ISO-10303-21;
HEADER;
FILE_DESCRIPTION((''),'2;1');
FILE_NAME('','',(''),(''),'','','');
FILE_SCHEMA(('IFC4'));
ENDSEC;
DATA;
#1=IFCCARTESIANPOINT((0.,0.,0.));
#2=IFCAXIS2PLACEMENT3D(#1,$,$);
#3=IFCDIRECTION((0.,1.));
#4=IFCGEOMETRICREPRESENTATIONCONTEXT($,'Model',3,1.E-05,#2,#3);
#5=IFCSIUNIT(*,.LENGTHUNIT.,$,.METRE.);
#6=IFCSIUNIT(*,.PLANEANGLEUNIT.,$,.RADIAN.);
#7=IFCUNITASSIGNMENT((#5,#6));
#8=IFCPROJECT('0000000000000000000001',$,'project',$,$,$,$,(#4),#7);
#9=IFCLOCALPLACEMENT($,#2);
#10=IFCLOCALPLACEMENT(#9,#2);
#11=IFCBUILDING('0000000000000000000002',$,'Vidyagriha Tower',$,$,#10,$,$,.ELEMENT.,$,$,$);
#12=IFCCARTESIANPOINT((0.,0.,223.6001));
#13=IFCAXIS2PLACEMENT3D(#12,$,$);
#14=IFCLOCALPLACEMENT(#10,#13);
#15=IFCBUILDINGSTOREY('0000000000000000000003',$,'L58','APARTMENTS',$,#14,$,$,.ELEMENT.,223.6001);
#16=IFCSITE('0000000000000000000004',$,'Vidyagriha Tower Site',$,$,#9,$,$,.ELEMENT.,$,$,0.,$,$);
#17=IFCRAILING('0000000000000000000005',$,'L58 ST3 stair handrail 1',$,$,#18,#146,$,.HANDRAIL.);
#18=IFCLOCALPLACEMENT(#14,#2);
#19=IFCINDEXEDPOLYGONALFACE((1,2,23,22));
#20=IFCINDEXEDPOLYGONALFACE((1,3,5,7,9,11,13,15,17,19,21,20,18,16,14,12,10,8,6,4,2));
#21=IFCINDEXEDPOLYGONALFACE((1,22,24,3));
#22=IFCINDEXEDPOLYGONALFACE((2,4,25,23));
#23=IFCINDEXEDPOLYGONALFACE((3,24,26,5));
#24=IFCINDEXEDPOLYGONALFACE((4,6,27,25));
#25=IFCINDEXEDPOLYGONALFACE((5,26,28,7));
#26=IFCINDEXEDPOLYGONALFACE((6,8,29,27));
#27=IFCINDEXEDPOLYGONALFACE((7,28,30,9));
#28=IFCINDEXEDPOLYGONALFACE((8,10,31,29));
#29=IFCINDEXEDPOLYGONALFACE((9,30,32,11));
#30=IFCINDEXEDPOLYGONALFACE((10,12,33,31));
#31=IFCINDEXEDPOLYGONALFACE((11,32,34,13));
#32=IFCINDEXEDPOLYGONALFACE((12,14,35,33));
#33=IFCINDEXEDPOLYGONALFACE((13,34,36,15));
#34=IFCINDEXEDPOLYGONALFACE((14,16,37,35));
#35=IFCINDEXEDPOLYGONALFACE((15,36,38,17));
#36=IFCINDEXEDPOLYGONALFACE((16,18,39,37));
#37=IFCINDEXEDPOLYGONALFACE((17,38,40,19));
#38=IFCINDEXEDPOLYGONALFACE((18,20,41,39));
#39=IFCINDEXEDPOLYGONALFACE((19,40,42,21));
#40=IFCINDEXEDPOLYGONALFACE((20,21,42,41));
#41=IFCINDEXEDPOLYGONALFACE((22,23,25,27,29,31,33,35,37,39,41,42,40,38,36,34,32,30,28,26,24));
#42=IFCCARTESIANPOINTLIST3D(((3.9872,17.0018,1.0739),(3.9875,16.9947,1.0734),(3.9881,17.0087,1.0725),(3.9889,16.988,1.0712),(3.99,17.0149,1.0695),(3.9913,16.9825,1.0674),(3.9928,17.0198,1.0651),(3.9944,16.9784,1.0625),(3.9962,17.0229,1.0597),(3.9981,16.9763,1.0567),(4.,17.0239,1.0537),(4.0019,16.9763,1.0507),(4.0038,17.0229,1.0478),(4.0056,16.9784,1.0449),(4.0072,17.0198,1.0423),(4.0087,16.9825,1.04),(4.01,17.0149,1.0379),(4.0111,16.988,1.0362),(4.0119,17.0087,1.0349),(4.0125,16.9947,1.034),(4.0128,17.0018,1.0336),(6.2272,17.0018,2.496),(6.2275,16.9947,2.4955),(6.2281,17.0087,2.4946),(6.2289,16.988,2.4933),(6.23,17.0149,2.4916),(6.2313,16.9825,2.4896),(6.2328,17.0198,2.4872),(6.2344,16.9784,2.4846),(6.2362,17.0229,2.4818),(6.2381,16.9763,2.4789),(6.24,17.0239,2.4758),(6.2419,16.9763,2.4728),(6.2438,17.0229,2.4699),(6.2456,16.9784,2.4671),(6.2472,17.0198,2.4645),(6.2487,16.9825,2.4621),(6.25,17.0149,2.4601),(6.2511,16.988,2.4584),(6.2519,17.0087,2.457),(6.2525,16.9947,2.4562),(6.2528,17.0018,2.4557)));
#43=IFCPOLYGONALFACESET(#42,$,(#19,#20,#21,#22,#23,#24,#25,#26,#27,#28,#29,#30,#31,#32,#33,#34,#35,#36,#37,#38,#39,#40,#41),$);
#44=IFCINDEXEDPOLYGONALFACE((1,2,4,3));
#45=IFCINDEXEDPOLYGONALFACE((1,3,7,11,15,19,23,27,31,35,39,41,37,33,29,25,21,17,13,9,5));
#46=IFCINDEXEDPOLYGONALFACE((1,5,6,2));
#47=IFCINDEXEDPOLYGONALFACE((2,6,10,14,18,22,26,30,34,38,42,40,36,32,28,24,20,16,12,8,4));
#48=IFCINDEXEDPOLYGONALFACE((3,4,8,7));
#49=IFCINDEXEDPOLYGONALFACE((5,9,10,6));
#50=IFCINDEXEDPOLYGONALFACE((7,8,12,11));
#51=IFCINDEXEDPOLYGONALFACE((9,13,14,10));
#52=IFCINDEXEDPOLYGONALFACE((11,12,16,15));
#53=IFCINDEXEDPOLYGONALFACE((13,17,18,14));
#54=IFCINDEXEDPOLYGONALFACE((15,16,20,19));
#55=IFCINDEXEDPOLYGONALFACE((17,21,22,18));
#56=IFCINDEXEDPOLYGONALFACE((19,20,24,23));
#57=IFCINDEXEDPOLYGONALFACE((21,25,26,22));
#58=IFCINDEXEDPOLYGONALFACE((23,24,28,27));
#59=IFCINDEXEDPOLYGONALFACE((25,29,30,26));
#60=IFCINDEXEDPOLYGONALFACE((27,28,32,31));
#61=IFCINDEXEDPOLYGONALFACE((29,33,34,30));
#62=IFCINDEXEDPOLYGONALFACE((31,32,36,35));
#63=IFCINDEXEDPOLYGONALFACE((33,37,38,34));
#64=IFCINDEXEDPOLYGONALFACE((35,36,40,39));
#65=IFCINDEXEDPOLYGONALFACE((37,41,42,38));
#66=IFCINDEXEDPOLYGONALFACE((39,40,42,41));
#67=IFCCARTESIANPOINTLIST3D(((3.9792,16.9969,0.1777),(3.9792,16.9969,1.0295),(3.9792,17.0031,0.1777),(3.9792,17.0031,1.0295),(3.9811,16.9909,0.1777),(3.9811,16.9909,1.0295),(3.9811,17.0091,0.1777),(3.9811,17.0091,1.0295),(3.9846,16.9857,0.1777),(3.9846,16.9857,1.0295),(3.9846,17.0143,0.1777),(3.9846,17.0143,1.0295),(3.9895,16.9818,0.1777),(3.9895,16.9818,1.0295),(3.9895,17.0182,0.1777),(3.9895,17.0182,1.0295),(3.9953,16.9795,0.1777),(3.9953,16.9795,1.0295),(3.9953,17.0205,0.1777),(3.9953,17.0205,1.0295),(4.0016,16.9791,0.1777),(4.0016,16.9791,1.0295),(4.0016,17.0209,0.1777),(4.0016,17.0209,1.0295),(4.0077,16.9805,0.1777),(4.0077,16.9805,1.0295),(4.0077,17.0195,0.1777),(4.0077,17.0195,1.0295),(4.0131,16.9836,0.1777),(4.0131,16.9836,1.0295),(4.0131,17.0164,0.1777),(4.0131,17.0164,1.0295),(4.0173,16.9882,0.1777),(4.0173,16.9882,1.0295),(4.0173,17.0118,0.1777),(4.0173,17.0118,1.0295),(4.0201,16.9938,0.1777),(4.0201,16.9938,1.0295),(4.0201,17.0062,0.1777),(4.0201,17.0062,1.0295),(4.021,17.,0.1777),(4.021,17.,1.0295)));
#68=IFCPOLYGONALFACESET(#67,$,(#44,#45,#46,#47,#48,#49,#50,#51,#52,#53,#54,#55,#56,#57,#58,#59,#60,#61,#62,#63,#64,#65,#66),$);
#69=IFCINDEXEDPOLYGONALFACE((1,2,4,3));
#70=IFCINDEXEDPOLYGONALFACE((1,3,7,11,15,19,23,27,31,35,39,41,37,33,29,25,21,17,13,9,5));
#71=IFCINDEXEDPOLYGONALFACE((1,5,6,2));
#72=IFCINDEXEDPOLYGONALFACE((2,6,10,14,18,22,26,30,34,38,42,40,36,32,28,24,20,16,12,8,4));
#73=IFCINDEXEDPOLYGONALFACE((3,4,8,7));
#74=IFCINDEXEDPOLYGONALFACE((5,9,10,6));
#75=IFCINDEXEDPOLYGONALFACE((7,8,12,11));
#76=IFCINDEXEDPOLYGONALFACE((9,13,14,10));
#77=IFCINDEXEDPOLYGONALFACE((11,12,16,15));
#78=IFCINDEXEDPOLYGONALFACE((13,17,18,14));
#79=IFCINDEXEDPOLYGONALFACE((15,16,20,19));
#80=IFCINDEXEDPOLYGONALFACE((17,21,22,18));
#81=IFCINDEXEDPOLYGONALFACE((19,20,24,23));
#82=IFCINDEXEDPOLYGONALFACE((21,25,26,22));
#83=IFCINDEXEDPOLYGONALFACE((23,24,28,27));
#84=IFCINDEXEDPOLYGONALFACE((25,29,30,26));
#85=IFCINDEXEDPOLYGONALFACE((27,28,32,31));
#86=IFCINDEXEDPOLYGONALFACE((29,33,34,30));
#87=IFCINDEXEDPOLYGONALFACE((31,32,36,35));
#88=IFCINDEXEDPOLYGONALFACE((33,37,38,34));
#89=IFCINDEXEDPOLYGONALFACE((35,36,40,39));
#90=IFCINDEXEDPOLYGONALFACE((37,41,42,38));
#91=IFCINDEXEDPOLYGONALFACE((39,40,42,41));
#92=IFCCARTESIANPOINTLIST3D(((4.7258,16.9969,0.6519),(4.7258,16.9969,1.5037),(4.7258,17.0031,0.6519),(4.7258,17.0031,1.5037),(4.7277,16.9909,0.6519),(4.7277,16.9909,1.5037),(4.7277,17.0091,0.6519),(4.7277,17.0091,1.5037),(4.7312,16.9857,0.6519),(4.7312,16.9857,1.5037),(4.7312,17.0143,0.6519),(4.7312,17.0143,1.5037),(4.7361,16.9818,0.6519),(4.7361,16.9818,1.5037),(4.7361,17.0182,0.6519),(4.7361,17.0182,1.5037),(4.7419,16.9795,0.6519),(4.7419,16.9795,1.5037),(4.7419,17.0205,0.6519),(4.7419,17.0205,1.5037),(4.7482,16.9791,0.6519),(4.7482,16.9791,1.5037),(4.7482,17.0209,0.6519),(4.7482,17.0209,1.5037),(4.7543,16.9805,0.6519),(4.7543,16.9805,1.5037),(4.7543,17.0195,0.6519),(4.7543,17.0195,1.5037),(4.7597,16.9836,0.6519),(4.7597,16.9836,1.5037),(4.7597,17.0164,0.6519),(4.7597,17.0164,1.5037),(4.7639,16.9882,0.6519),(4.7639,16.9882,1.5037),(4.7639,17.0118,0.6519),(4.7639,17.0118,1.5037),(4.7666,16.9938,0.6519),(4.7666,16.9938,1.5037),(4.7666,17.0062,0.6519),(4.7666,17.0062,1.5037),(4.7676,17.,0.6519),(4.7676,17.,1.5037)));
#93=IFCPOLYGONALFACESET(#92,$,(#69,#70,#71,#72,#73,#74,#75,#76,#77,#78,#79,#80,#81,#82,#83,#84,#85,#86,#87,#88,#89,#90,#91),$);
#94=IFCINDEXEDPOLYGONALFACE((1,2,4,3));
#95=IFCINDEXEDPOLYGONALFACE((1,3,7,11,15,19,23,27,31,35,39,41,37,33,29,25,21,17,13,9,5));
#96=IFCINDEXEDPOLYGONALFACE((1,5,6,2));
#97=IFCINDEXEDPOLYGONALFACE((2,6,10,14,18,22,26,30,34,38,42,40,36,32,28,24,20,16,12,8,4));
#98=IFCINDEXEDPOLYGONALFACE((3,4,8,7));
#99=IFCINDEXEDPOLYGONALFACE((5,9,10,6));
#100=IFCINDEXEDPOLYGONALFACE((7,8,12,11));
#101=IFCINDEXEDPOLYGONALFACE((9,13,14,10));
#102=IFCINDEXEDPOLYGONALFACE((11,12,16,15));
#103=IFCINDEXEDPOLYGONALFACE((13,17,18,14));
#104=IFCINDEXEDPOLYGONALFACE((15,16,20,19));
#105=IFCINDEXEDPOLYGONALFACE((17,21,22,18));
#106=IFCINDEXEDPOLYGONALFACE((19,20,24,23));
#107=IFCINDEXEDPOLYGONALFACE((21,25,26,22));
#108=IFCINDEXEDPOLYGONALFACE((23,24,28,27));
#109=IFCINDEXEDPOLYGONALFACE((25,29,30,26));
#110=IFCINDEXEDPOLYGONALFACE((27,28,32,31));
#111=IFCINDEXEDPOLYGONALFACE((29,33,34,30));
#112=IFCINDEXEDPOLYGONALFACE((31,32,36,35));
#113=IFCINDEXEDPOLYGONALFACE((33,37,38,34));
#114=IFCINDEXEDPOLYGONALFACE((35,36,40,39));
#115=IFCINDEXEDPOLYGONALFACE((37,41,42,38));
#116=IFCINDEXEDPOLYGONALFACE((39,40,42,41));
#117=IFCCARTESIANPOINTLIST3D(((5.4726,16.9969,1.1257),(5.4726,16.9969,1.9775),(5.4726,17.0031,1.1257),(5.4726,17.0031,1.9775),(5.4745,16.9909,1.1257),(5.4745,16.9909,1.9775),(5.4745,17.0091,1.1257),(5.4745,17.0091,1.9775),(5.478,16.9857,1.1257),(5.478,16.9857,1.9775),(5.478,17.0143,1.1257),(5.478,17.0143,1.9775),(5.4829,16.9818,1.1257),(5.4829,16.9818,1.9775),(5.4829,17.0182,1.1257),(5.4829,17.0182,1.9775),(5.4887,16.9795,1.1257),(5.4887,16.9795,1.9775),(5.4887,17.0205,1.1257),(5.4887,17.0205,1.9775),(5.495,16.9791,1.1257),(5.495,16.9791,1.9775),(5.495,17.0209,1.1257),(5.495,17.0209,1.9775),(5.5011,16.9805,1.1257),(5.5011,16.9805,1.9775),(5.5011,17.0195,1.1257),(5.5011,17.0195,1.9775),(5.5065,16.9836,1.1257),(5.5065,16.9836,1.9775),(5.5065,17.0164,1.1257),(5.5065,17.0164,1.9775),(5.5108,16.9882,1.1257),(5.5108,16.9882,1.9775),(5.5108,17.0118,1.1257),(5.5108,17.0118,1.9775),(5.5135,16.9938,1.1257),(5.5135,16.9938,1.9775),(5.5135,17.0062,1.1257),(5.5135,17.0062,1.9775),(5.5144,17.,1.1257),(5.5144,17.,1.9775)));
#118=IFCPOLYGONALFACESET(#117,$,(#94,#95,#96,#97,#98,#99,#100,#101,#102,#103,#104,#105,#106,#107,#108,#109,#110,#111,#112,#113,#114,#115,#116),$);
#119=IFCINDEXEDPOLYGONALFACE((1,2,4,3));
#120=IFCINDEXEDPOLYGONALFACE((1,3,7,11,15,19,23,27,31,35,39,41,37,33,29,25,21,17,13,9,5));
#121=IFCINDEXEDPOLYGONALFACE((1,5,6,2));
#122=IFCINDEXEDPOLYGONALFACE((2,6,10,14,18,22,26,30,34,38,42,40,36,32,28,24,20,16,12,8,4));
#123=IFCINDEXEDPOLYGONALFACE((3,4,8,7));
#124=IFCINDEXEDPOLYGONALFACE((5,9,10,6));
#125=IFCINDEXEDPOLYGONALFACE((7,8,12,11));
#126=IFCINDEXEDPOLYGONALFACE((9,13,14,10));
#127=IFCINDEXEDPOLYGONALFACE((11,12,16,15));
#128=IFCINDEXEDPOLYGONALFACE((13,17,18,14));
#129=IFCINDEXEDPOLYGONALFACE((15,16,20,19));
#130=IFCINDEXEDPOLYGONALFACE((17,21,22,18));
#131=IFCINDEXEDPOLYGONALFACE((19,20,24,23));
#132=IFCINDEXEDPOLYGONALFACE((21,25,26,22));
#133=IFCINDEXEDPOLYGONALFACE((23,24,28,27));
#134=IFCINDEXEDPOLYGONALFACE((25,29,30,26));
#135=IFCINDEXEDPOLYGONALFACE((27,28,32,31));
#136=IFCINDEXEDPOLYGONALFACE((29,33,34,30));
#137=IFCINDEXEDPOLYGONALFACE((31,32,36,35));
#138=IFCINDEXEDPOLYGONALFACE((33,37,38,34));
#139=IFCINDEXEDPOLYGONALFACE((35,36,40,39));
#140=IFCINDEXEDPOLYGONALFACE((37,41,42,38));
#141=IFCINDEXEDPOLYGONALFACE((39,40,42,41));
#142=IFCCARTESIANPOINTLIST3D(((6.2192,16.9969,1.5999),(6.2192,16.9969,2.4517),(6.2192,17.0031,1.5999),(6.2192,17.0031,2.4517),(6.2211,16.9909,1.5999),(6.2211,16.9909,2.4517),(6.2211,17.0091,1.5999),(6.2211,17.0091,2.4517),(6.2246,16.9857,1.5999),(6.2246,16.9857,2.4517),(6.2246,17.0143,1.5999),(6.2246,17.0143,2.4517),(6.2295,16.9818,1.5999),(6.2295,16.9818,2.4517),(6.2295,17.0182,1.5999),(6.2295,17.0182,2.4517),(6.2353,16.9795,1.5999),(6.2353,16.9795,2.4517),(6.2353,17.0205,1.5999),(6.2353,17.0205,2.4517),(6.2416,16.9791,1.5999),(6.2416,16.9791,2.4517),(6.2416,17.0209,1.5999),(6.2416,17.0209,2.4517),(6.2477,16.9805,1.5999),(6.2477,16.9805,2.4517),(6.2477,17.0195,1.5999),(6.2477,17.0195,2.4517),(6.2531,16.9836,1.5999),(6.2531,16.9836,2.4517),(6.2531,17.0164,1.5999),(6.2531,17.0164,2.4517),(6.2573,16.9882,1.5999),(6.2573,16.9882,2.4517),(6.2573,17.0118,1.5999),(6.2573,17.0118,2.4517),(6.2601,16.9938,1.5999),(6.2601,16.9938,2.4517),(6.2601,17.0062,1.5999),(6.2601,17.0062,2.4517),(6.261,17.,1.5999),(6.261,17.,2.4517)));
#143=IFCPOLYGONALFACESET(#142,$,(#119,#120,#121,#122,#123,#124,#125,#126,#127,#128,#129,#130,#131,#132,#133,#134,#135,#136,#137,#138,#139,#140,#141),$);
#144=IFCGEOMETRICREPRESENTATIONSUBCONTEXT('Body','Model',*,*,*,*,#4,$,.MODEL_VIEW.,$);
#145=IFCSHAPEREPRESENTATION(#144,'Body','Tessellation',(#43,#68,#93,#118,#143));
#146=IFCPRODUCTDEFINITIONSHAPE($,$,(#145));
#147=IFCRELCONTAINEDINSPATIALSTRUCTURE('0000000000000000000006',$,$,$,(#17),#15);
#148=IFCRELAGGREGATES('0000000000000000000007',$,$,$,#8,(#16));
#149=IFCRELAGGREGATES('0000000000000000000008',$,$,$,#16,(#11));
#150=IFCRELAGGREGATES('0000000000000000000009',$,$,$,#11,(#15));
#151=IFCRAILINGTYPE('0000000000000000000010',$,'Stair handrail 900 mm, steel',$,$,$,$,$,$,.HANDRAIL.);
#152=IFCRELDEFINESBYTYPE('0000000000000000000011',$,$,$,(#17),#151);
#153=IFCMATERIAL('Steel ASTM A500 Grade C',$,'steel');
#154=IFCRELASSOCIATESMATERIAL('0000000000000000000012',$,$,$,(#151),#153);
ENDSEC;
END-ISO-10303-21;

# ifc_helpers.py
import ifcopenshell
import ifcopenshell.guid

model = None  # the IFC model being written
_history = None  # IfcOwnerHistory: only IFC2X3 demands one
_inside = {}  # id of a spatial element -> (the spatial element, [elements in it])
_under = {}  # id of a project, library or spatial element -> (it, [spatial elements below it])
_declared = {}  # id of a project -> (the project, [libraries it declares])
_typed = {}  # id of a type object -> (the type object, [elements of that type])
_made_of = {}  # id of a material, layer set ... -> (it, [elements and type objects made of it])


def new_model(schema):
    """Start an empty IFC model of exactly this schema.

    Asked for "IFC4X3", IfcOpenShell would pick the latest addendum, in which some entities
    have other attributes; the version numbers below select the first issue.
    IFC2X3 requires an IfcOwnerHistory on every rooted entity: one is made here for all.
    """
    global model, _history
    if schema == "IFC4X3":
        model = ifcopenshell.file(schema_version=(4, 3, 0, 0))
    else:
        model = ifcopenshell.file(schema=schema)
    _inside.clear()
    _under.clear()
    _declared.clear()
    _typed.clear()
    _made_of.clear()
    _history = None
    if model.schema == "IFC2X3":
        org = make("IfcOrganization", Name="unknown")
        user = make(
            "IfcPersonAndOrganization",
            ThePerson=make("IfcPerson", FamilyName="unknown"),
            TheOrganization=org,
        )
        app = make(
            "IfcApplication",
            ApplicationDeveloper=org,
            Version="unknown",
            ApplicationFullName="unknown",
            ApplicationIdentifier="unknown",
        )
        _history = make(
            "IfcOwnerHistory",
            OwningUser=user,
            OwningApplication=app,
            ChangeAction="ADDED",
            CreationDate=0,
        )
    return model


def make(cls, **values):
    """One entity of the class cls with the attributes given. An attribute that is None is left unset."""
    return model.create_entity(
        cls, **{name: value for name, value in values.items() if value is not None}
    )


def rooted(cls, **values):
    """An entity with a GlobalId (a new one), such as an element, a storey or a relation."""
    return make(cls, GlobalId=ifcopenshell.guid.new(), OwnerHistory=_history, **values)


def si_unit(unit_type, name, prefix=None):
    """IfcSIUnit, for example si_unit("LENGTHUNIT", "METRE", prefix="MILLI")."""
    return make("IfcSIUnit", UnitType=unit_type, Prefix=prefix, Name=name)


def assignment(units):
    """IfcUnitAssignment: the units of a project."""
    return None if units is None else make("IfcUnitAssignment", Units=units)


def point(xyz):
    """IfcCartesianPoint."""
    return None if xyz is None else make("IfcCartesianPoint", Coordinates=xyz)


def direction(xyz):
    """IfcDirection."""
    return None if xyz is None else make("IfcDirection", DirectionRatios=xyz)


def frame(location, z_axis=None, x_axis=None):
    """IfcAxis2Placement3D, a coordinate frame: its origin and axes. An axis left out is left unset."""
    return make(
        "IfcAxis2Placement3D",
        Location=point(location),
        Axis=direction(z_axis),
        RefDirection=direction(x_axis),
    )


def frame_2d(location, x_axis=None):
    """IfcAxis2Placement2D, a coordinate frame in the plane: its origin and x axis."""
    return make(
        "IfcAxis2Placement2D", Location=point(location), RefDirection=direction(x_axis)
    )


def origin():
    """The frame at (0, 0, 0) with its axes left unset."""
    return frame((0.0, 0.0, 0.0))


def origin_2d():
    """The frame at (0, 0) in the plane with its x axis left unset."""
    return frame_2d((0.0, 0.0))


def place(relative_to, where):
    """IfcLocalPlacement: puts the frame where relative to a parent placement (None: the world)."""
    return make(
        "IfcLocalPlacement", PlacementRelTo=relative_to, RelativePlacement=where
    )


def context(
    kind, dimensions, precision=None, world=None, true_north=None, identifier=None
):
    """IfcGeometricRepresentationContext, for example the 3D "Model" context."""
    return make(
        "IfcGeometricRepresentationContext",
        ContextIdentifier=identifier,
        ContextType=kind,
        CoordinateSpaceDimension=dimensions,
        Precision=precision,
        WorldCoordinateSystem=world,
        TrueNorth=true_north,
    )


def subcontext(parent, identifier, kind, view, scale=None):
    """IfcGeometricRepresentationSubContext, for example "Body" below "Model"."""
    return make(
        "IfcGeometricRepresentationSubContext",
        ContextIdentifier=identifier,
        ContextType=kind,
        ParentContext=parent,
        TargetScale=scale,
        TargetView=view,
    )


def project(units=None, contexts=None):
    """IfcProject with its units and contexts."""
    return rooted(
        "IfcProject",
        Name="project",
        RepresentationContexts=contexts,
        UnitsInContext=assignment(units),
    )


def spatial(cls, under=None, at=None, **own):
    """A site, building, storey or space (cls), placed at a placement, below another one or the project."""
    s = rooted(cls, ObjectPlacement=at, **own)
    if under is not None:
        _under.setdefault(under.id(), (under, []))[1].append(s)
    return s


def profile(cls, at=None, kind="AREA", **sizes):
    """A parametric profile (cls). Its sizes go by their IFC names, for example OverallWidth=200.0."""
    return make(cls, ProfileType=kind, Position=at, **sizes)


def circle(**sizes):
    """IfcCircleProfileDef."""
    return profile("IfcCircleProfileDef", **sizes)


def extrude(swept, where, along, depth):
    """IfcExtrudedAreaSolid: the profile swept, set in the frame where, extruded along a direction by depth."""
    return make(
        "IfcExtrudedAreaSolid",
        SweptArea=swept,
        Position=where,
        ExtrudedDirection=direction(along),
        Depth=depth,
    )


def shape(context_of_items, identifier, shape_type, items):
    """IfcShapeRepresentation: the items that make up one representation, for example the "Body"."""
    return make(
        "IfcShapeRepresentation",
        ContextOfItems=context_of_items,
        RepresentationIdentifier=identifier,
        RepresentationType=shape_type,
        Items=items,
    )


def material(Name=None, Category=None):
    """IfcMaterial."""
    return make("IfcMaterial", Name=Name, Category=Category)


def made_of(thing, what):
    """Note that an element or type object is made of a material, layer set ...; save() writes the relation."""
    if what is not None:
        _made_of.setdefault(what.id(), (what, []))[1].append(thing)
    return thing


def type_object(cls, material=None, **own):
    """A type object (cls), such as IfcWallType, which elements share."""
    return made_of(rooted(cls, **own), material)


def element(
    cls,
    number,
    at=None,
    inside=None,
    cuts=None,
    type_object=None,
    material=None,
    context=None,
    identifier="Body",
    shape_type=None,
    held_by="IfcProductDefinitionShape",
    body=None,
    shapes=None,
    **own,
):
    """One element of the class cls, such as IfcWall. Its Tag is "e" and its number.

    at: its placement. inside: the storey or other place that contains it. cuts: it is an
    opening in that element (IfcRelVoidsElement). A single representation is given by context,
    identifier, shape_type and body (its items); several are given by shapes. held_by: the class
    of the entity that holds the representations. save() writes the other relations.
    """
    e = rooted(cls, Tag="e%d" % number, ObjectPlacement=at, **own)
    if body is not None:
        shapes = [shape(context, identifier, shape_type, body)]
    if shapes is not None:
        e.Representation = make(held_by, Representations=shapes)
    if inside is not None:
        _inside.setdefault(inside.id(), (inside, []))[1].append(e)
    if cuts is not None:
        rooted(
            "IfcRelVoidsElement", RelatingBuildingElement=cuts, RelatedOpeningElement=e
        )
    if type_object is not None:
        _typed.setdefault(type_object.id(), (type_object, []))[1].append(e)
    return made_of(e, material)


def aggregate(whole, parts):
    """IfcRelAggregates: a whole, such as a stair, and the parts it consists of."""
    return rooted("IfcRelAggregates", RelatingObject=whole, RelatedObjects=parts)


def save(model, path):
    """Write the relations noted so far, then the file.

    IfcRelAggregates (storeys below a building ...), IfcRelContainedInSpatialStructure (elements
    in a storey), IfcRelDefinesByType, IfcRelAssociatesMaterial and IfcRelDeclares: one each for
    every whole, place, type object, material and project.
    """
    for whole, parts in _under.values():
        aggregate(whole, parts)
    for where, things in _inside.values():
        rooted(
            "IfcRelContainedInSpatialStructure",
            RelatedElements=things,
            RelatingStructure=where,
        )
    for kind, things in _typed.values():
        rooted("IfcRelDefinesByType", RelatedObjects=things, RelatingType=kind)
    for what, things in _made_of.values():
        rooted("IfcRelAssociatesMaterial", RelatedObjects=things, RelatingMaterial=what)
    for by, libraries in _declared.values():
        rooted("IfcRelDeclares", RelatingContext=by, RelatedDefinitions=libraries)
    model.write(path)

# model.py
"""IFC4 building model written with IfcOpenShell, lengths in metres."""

from ifc_helpers import new_model, si_unit, direction, frame, origin, origin_2d, place, context, subcontext, project, spatial, circle, extrude, material, type_object, element, save


model = new_model("IFC4")

# Units and contexts
model_context = context("Model", 3, precision=1e-05, world=origin(), true_north=direction((0.0, 1.0)))
body_context = subcontext(model_context, "Body", "Model", "MODEL_VIEW")
ifc_project = project(units=[si_unit("LENGTHUNIT", "METRE"), si_unit("PLANEANGLEUNIT", "RADIAN")], contexts=[model_context])

# Site, building, storey
site_placement = place(None, origin())
site = spatial("IfcSite", under=ifc_project, at=site_placement, Name="Vidyagriha Tower Site", CompositionType="ELEMENT", RefElevation=0.0)
building_placement = place(site_placement, origin())
building = spatial("IfcBuilding", under=site, at=building_placement, Name="Vidyagriha Tower", CompositionType="ELEMENT")
storey_placement = place(building_placement, frame((0.0, 0.0, 223.6001)))
storey = spatial("IfcBuildingStorey", under=building, at=storey_placement, Name="L58", Description="APARTMENTS", CompositionType="ELEMENT", Elevation=223.6001)

# Railing
ifc_material_1 = material(Name="Steel ASTM A500 Grade C", Category="steel")
railing_type_1 = type_object("IfcRailingType", Name="Stair handrail 900 mm, steel", PredefinedType="HANDRAIL", material=ifc_material_1)
railing_1_placement = place(storey_placement, frame((4.0, 17.0, 0.1777)))
element("IfcRailing", 1, at=railing_1_placement, inside=storey, type_object=railing_type_1, Name="L58 ST3 stair handrail 1", PredefinedType="HANDRAIL", context=body_context, shape_type="SweptSolid", body=[
    extrude(circle(Radius=0.0239, at=origin_2d()), frame((0.0, 0.0, 0.876), z_axis=(0.844229, 0.0, 0.535982), x_axis=(0.0, 1.0, 0.0)), (0.0, 0.0, 1.0), 2.6533),
    extrude(circle(Radius=0.021, at=origin_2d()), origin(), (0.0, 0.0, 1.0), 0.8518),
    extrude(circle(Radius=0.021, at=origin_2d()), frame((0.7466, 0.0, 0.4741)), (0.0, 0.0, 1.0), 0.8518),
    extrude(circle(Radius=0.021, at=origin_2d()), frame((1.4934, 0.0, 0.948)), (0.0, 0.0, 1.0), 0.8518),
    extrude(circle(Radius=0.021, at=origin_2d()), frame((2.24, 0.0, 1.4221)), (0.0, 0.0, 1.0), 0.8518),
])

save(model, "model.ifc")
